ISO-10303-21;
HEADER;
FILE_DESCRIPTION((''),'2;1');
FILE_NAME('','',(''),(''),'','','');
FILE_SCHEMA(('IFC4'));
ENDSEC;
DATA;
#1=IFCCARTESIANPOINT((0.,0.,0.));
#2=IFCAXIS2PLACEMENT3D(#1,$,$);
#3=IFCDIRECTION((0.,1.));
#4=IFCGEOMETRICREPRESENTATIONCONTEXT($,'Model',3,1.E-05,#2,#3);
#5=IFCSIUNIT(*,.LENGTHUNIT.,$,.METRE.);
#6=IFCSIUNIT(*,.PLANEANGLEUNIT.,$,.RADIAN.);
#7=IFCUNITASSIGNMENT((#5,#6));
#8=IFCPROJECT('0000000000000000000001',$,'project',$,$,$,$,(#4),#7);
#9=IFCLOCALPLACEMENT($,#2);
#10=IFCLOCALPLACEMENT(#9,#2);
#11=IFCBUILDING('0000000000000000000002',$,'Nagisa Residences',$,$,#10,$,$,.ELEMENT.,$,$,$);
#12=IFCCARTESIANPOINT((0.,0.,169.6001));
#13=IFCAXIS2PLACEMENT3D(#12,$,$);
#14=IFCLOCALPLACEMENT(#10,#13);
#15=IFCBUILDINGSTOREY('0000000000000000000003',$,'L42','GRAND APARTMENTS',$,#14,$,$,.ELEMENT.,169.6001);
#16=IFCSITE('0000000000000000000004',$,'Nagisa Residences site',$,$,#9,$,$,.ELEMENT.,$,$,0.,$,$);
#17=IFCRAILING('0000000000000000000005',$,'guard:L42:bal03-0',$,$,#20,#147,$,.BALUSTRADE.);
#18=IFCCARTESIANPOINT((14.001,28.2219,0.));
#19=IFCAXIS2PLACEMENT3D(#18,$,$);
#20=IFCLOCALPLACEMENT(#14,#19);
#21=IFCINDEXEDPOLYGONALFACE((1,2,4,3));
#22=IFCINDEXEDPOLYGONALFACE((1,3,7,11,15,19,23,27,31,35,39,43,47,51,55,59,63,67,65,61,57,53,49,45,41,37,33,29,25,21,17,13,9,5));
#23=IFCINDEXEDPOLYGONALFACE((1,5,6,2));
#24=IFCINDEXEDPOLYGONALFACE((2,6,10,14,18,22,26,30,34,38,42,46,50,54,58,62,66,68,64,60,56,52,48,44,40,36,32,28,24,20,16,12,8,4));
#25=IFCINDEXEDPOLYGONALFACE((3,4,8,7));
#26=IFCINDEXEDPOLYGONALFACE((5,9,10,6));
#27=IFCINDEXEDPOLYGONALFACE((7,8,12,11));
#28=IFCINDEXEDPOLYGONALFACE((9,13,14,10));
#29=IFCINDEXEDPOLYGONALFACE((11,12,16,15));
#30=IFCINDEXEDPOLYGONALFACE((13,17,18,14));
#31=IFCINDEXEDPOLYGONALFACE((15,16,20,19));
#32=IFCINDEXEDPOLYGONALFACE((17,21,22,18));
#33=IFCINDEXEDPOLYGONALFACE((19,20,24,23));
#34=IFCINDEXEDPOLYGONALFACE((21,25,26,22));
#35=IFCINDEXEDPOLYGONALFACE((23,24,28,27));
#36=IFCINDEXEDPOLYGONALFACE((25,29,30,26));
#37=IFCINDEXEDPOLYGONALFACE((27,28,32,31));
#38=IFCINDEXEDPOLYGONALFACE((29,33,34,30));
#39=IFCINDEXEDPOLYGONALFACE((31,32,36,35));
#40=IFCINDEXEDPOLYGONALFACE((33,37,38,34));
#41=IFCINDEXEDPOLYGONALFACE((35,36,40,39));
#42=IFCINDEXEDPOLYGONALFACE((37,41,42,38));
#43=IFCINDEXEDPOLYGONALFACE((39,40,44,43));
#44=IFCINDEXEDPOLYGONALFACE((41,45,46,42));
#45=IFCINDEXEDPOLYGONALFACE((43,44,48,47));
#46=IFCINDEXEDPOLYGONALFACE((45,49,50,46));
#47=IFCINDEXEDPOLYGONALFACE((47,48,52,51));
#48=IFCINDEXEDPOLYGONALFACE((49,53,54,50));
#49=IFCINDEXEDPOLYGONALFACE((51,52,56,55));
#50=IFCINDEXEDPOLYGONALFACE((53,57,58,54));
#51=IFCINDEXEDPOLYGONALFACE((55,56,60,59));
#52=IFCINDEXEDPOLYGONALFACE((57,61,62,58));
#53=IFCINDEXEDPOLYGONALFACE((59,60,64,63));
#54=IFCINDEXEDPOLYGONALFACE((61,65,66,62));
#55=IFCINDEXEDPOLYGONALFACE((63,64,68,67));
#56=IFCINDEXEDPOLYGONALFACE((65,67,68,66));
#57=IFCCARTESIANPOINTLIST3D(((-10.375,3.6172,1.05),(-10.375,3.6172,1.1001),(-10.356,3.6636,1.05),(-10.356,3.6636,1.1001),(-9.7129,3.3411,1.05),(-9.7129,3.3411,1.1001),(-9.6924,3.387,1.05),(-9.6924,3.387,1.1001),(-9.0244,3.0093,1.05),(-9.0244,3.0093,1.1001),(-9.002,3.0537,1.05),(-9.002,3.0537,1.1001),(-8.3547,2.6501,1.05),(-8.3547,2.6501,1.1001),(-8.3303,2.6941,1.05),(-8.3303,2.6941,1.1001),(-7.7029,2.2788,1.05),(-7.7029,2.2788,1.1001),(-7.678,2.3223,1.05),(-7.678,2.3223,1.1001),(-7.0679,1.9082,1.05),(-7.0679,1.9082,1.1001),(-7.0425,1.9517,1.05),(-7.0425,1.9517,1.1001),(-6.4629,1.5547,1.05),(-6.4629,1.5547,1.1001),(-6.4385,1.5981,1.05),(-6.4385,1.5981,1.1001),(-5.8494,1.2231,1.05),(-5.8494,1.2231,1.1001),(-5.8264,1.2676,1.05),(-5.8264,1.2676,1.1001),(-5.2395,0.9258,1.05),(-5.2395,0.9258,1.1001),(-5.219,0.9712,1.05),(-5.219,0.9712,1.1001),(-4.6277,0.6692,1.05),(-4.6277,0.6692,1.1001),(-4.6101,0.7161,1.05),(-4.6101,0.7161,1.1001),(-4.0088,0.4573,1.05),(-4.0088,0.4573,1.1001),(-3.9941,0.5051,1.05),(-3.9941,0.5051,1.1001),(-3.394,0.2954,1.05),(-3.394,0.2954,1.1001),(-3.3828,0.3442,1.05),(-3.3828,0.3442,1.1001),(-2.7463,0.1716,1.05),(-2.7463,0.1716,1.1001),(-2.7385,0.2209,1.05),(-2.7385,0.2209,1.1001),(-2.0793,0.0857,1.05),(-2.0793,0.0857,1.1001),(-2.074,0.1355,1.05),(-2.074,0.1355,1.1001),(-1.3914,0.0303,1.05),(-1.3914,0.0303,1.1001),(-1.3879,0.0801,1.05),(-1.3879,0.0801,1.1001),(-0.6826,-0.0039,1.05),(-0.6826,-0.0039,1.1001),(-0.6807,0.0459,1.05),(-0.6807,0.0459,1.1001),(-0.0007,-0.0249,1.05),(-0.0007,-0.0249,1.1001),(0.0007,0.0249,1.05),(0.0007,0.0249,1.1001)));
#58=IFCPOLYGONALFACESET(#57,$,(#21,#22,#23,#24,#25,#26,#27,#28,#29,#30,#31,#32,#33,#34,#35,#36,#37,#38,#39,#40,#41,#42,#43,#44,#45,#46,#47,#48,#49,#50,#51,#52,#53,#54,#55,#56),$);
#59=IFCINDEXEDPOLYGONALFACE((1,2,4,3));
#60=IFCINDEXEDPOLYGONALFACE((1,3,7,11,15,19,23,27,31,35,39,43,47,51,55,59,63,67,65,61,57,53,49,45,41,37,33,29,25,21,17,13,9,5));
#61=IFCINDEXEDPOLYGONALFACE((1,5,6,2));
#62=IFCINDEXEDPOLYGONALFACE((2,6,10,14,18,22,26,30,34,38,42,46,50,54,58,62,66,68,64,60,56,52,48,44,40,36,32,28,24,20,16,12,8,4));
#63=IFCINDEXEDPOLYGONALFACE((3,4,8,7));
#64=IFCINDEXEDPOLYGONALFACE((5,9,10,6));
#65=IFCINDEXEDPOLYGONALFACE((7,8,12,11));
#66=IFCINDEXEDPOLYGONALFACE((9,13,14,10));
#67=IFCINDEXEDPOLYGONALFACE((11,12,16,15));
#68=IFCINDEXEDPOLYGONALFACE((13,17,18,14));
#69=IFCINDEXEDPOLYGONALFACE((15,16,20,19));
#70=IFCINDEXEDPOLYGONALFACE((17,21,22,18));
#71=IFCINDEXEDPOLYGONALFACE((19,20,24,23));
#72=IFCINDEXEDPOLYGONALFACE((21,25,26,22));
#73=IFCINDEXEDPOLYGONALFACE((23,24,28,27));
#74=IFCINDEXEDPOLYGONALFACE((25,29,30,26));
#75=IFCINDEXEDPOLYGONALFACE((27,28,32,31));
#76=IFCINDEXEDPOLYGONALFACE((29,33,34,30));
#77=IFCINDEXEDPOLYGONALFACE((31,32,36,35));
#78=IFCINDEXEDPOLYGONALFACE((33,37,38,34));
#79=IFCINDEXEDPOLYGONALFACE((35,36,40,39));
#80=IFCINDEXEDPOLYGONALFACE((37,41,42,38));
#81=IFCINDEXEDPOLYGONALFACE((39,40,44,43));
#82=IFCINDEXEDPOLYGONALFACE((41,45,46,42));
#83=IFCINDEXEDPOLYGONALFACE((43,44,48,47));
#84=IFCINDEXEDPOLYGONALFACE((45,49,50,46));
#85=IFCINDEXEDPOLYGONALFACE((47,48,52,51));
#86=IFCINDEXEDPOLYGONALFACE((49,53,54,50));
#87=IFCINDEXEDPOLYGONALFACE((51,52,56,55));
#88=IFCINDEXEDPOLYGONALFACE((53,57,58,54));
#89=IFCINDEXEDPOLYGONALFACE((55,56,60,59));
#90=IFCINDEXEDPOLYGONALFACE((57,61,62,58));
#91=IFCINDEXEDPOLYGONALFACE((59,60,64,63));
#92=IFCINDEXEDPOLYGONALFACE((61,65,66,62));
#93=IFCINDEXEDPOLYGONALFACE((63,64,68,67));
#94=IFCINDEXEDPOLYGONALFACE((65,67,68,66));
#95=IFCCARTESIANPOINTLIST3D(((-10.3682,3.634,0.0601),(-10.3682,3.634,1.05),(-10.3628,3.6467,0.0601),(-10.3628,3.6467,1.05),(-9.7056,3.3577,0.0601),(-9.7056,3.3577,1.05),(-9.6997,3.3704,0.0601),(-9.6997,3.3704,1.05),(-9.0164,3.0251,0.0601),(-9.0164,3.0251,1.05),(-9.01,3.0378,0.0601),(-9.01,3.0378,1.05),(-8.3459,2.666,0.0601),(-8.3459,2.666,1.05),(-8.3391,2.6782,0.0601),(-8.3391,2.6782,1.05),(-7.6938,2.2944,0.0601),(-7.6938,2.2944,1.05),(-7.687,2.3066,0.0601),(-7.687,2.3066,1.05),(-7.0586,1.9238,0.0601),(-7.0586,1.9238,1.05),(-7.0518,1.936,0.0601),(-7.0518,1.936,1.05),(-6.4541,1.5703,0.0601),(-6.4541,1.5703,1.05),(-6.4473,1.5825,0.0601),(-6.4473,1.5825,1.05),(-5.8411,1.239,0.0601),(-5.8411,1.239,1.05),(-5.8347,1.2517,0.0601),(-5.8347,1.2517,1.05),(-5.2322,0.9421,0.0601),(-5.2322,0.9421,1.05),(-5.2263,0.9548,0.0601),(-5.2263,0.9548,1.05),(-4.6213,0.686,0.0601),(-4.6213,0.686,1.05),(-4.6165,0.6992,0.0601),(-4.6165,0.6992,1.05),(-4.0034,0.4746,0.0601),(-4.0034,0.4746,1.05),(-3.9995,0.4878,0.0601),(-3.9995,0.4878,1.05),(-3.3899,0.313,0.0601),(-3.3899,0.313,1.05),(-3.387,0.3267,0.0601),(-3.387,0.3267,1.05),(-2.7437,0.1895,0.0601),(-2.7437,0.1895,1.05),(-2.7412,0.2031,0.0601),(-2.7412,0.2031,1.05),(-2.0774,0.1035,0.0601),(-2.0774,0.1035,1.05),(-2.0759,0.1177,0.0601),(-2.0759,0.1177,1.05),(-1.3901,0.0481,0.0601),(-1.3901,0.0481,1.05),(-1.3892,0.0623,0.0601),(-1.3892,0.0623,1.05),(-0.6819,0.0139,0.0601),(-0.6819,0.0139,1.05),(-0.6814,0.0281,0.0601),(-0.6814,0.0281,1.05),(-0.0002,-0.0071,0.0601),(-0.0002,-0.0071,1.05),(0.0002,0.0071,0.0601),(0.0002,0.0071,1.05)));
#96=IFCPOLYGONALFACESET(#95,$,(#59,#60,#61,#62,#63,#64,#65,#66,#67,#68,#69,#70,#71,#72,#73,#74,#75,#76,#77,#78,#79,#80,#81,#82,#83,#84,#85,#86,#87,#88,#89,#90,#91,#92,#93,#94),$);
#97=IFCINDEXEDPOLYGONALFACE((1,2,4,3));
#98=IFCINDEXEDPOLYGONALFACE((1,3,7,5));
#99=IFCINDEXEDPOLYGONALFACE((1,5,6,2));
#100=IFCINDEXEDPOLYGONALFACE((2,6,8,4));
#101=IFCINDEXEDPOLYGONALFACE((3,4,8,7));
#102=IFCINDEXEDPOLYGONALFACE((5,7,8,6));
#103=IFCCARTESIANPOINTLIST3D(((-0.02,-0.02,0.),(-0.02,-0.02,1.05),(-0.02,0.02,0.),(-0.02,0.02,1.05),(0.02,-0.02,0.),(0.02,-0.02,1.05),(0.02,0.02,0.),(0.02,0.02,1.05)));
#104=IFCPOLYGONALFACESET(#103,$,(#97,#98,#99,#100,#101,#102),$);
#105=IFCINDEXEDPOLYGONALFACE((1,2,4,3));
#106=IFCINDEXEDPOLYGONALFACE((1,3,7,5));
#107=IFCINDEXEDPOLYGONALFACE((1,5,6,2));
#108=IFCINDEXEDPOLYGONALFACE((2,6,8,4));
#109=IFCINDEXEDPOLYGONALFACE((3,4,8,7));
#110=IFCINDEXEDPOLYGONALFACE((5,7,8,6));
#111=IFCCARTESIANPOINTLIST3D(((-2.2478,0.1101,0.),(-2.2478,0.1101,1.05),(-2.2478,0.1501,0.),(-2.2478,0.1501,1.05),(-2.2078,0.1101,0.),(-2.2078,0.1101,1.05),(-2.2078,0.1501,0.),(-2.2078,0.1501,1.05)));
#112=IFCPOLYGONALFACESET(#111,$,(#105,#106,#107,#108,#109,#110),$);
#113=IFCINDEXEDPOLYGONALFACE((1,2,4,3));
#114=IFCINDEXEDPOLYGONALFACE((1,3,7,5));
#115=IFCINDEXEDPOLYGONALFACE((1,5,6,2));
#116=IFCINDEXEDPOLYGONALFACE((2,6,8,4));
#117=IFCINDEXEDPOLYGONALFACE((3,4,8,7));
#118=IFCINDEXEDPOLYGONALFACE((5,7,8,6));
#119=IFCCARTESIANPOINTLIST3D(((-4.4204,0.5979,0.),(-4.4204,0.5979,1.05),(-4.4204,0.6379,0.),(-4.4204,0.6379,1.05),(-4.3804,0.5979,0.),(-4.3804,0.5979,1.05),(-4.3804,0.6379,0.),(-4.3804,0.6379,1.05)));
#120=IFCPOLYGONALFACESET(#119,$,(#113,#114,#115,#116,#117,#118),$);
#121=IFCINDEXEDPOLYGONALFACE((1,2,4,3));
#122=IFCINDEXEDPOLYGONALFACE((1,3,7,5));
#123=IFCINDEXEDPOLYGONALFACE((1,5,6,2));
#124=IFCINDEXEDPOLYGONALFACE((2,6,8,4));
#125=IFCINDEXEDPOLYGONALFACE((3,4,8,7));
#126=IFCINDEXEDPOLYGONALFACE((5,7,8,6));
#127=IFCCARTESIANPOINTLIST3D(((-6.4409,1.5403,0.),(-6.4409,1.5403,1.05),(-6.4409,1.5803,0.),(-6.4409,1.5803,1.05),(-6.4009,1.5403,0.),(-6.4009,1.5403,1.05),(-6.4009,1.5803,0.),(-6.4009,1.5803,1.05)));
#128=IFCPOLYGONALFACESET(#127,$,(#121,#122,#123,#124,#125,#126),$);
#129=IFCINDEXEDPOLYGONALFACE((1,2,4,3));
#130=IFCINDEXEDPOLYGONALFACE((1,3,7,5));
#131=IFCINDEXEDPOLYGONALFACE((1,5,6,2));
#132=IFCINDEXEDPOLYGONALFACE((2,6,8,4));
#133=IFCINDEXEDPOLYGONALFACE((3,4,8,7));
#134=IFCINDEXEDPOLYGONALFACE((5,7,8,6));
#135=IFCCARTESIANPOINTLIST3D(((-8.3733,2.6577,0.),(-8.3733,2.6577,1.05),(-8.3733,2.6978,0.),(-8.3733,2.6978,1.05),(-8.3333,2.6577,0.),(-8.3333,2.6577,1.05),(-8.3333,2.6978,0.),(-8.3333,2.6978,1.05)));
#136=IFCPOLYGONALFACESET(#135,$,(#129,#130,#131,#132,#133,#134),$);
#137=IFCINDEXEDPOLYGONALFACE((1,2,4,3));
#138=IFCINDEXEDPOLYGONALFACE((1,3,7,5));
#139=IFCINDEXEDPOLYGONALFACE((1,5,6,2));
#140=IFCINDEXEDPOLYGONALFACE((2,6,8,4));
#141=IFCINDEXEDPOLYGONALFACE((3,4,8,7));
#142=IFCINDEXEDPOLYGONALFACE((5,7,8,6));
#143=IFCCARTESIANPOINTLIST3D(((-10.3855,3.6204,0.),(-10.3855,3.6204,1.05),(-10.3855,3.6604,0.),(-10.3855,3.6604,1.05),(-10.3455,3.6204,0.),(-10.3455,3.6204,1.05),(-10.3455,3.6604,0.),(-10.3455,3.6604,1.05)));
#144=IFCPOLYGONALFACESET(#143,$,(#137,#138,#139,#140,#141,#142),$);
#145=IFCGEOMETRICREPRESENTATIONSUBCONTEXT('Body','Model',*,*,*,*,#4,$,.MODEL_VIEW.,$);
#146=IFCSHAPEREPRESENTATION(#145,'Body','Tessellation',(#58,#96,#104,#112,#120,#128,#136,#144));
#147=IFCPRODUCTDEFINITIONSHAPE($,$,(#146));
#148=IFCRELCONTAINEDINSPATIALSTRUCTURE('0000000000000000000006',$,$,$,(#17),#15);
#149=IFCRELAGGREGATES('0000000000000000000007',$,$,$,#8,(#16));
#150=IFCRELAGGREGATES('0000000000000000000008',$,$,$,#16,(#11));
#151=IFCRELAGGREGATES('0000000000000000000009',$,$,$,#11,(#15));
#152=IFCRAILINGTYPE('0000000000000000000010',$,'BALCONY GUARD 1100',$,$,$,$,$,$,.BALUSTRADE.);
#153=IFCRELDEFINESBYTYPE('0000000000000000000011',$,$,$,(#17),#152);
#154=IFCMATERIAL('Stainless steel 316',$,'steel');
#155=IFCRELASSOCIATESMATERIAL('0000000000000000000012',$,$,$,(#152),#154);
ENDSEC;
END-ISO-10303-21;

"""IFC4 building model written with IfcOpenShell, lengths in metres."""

from ifc_helpers import new_model, si_unit, direction, frame, origin, origin_2d, place, context, subcontext, project, spatial, polyline, rectangle, outline, extrude, material, type_object, element, save


model = new_model("IFC4")

# Units and contexts
model_context = context("Model", 3, precision=1e-05, world=origin(), true_north=direction((0.0, 1.0)))
body_context = subcontext(model_context, "Body", "Model", "MODEL_VIEW")
ifc_project = project(units=[si_unit("LENGTHUNIT", "METRE"), si_unit("PLANEANGLEUNIT", "RADIAN")], contexts=[model_context])

# Site, building, storey
site_placement = place(None, origin())
site = spatial("IfcSite", under=ifc_project, at=site_placement, Name="Nagisa Residences site", CompositionType="ELEMENT", RefElevation=0.0)
building_placement = place(site_placement, origin())
building = spatial("IfcBuilding", under=site, at=building_placement, Name="Nagisa Residences", CompositionType="ELEMENT")
storey_placement = place(building_placement, frame((0.0, 0.0, 169.6001)))
storey = spatial("IfcBuildingStorey", under=building, at=storey_placement, Name="L42", Description="GRAND APARTMENTS", CompositionType="ELEMENT", Elevation=169.6001)

# Railing
ifc_material_1 = material(Name="Stainless steel 316", Category="steel")
railing_type = type_object("IfcRailingType", Name="BALCONY GUARD 1100", PredefinedType="BALUSTRADE", material=ifc_material_1)
railing_1_placement = place(storey_placement, frame((14.001, 28.2219, 0.0)))
element("IfcRailing", 1, at=railing_1_placement, inside=storey, type_object=railing_type, Name="guard:L42:bal03-0", PredefinedType="BALUSTRADE", context=body_context, shape_type="SweptSolid", body=[
    extrude(outline(polyline([(-0.6826, -0.0039), (-0.0007, -0.0249), (0.0007, 0.0249), (-0.6807, 0.0459), (-1.3879, 0.0801), (-2.074, 0.1355), (-2.7385, 0.2209), (-3.3828, 0.3442), (-3.9941, 0.5051), (-4.6101, 0.7161), (-5.219, 0.9712), (-5.8264, 1.2676), (-6.4385, 1.5981), (-7.0425, 1.9517), (-7.678, 2.3223), (-8.3303, 2.6941), (-9.002, 3.0537), (-9.6924, 3.387), (-10.356, 3.6636), (-10.375, 3.6172), (-9.7129, 3.3411), (-9.0244, 3.0093), (-8.3547, 2.6501), (-7.7029, 2.2788), (-7.0679, 1.9082), (-6.4629, 1.5547), (-5.8494, 1.2231), (-5.2395, 0.9258), (-4.6277, 0.6692), (-4.0088, 0.4573), (-3.394, 0.2954), (-2.7463, 0.1716), (-2.0793, 0.0857), (-1.3914, 0.0303), (-0.6826, -0.0039)])), frame((0.0, 0.0, 1.05)), (0.0, 0.0, 1.0), 0.05),
    extrude(outline(polyline([(-0.6819, 0.0139), (-0.0002, -0.0071), (0.0002, 0.0071), (-0.6814, 0.0281), (-1.3892, 0.0623), (-2.0759, 0.1177), (-2.7412, 0.2031), (-3.387, 0.3267), (-3.9995, 0.4878), (-4.6165, 0.6992), (-5.2263, 0.9548), (-5.8347, 1.2517), (-6.4473, 1.5825), (-7.0518, 1.936), (-7.687, 2.3066), (-8.3391, 2.6782), (-9.01, 3.0378), (-9.6997, 3.3704), (-10.3628, 3.6467), (-10.3682, 3.634), (-9.7056, 3.3577), (-9.0164, 3.0251), (-8.3459, 2.666), (-7.6938, 2.2944), (-7.0586, 1.9238), (-6.4541, 1.5703), (-5.8411, 1.239), (-5.2322, 0.9421), (-4.6213, 0.686), (-4.0034, 0.4746), (-3.3899, 0.313), (-2.7437, 0.1895), (-2.0774, 0.1035), (-1.3901, 0.0481), (-0.6819, 0.0139)])), frame((0.0, 0.0, 0.0601)), (0.0, 0.0, 1.0), 0.99),
    extrude(rectangle(XDim=0.04, YDim=0.04, at=origin_2d()), origin(), (0.0, 0.0, 1.0), 1.05),
    extrude(rectangle(XDim=0.04, YDim=0.04, at=origin_2d()), frame((-2.2278, 0.1301, 0.0)), (0.0, 0.0, 1.0), 1.05),
    extrude(rectangle(XDim=0.04, YDim=0.04, at=origin_2d()), frame((-4.4004, 0.6179, 0.0)), (0.0, 0.0, 1.0), 1.05),
    extrude(rectangle(XDim=0.04, YDim=0.04, at=origin_2d()), frame((-6.4209, 1.5603, 0.0)), (0.0, 0.0, 1.0), 1.05),
    extrude(rectangle(XDim=0.04, YDim=0.04, at=origin_2d()), frame((-8.3533, 2.6777, 0.0)), (0.0, 0.0, 1.0), 1.05),
    extrude(rectangle(XDim=0.04, YDim=0.04, at=origin_2d()), frame((-10.3655, 3.6404, 0.0)), (0.0, 0.0, 1.0), 1.05),
])

save(model, "model.ifc")
